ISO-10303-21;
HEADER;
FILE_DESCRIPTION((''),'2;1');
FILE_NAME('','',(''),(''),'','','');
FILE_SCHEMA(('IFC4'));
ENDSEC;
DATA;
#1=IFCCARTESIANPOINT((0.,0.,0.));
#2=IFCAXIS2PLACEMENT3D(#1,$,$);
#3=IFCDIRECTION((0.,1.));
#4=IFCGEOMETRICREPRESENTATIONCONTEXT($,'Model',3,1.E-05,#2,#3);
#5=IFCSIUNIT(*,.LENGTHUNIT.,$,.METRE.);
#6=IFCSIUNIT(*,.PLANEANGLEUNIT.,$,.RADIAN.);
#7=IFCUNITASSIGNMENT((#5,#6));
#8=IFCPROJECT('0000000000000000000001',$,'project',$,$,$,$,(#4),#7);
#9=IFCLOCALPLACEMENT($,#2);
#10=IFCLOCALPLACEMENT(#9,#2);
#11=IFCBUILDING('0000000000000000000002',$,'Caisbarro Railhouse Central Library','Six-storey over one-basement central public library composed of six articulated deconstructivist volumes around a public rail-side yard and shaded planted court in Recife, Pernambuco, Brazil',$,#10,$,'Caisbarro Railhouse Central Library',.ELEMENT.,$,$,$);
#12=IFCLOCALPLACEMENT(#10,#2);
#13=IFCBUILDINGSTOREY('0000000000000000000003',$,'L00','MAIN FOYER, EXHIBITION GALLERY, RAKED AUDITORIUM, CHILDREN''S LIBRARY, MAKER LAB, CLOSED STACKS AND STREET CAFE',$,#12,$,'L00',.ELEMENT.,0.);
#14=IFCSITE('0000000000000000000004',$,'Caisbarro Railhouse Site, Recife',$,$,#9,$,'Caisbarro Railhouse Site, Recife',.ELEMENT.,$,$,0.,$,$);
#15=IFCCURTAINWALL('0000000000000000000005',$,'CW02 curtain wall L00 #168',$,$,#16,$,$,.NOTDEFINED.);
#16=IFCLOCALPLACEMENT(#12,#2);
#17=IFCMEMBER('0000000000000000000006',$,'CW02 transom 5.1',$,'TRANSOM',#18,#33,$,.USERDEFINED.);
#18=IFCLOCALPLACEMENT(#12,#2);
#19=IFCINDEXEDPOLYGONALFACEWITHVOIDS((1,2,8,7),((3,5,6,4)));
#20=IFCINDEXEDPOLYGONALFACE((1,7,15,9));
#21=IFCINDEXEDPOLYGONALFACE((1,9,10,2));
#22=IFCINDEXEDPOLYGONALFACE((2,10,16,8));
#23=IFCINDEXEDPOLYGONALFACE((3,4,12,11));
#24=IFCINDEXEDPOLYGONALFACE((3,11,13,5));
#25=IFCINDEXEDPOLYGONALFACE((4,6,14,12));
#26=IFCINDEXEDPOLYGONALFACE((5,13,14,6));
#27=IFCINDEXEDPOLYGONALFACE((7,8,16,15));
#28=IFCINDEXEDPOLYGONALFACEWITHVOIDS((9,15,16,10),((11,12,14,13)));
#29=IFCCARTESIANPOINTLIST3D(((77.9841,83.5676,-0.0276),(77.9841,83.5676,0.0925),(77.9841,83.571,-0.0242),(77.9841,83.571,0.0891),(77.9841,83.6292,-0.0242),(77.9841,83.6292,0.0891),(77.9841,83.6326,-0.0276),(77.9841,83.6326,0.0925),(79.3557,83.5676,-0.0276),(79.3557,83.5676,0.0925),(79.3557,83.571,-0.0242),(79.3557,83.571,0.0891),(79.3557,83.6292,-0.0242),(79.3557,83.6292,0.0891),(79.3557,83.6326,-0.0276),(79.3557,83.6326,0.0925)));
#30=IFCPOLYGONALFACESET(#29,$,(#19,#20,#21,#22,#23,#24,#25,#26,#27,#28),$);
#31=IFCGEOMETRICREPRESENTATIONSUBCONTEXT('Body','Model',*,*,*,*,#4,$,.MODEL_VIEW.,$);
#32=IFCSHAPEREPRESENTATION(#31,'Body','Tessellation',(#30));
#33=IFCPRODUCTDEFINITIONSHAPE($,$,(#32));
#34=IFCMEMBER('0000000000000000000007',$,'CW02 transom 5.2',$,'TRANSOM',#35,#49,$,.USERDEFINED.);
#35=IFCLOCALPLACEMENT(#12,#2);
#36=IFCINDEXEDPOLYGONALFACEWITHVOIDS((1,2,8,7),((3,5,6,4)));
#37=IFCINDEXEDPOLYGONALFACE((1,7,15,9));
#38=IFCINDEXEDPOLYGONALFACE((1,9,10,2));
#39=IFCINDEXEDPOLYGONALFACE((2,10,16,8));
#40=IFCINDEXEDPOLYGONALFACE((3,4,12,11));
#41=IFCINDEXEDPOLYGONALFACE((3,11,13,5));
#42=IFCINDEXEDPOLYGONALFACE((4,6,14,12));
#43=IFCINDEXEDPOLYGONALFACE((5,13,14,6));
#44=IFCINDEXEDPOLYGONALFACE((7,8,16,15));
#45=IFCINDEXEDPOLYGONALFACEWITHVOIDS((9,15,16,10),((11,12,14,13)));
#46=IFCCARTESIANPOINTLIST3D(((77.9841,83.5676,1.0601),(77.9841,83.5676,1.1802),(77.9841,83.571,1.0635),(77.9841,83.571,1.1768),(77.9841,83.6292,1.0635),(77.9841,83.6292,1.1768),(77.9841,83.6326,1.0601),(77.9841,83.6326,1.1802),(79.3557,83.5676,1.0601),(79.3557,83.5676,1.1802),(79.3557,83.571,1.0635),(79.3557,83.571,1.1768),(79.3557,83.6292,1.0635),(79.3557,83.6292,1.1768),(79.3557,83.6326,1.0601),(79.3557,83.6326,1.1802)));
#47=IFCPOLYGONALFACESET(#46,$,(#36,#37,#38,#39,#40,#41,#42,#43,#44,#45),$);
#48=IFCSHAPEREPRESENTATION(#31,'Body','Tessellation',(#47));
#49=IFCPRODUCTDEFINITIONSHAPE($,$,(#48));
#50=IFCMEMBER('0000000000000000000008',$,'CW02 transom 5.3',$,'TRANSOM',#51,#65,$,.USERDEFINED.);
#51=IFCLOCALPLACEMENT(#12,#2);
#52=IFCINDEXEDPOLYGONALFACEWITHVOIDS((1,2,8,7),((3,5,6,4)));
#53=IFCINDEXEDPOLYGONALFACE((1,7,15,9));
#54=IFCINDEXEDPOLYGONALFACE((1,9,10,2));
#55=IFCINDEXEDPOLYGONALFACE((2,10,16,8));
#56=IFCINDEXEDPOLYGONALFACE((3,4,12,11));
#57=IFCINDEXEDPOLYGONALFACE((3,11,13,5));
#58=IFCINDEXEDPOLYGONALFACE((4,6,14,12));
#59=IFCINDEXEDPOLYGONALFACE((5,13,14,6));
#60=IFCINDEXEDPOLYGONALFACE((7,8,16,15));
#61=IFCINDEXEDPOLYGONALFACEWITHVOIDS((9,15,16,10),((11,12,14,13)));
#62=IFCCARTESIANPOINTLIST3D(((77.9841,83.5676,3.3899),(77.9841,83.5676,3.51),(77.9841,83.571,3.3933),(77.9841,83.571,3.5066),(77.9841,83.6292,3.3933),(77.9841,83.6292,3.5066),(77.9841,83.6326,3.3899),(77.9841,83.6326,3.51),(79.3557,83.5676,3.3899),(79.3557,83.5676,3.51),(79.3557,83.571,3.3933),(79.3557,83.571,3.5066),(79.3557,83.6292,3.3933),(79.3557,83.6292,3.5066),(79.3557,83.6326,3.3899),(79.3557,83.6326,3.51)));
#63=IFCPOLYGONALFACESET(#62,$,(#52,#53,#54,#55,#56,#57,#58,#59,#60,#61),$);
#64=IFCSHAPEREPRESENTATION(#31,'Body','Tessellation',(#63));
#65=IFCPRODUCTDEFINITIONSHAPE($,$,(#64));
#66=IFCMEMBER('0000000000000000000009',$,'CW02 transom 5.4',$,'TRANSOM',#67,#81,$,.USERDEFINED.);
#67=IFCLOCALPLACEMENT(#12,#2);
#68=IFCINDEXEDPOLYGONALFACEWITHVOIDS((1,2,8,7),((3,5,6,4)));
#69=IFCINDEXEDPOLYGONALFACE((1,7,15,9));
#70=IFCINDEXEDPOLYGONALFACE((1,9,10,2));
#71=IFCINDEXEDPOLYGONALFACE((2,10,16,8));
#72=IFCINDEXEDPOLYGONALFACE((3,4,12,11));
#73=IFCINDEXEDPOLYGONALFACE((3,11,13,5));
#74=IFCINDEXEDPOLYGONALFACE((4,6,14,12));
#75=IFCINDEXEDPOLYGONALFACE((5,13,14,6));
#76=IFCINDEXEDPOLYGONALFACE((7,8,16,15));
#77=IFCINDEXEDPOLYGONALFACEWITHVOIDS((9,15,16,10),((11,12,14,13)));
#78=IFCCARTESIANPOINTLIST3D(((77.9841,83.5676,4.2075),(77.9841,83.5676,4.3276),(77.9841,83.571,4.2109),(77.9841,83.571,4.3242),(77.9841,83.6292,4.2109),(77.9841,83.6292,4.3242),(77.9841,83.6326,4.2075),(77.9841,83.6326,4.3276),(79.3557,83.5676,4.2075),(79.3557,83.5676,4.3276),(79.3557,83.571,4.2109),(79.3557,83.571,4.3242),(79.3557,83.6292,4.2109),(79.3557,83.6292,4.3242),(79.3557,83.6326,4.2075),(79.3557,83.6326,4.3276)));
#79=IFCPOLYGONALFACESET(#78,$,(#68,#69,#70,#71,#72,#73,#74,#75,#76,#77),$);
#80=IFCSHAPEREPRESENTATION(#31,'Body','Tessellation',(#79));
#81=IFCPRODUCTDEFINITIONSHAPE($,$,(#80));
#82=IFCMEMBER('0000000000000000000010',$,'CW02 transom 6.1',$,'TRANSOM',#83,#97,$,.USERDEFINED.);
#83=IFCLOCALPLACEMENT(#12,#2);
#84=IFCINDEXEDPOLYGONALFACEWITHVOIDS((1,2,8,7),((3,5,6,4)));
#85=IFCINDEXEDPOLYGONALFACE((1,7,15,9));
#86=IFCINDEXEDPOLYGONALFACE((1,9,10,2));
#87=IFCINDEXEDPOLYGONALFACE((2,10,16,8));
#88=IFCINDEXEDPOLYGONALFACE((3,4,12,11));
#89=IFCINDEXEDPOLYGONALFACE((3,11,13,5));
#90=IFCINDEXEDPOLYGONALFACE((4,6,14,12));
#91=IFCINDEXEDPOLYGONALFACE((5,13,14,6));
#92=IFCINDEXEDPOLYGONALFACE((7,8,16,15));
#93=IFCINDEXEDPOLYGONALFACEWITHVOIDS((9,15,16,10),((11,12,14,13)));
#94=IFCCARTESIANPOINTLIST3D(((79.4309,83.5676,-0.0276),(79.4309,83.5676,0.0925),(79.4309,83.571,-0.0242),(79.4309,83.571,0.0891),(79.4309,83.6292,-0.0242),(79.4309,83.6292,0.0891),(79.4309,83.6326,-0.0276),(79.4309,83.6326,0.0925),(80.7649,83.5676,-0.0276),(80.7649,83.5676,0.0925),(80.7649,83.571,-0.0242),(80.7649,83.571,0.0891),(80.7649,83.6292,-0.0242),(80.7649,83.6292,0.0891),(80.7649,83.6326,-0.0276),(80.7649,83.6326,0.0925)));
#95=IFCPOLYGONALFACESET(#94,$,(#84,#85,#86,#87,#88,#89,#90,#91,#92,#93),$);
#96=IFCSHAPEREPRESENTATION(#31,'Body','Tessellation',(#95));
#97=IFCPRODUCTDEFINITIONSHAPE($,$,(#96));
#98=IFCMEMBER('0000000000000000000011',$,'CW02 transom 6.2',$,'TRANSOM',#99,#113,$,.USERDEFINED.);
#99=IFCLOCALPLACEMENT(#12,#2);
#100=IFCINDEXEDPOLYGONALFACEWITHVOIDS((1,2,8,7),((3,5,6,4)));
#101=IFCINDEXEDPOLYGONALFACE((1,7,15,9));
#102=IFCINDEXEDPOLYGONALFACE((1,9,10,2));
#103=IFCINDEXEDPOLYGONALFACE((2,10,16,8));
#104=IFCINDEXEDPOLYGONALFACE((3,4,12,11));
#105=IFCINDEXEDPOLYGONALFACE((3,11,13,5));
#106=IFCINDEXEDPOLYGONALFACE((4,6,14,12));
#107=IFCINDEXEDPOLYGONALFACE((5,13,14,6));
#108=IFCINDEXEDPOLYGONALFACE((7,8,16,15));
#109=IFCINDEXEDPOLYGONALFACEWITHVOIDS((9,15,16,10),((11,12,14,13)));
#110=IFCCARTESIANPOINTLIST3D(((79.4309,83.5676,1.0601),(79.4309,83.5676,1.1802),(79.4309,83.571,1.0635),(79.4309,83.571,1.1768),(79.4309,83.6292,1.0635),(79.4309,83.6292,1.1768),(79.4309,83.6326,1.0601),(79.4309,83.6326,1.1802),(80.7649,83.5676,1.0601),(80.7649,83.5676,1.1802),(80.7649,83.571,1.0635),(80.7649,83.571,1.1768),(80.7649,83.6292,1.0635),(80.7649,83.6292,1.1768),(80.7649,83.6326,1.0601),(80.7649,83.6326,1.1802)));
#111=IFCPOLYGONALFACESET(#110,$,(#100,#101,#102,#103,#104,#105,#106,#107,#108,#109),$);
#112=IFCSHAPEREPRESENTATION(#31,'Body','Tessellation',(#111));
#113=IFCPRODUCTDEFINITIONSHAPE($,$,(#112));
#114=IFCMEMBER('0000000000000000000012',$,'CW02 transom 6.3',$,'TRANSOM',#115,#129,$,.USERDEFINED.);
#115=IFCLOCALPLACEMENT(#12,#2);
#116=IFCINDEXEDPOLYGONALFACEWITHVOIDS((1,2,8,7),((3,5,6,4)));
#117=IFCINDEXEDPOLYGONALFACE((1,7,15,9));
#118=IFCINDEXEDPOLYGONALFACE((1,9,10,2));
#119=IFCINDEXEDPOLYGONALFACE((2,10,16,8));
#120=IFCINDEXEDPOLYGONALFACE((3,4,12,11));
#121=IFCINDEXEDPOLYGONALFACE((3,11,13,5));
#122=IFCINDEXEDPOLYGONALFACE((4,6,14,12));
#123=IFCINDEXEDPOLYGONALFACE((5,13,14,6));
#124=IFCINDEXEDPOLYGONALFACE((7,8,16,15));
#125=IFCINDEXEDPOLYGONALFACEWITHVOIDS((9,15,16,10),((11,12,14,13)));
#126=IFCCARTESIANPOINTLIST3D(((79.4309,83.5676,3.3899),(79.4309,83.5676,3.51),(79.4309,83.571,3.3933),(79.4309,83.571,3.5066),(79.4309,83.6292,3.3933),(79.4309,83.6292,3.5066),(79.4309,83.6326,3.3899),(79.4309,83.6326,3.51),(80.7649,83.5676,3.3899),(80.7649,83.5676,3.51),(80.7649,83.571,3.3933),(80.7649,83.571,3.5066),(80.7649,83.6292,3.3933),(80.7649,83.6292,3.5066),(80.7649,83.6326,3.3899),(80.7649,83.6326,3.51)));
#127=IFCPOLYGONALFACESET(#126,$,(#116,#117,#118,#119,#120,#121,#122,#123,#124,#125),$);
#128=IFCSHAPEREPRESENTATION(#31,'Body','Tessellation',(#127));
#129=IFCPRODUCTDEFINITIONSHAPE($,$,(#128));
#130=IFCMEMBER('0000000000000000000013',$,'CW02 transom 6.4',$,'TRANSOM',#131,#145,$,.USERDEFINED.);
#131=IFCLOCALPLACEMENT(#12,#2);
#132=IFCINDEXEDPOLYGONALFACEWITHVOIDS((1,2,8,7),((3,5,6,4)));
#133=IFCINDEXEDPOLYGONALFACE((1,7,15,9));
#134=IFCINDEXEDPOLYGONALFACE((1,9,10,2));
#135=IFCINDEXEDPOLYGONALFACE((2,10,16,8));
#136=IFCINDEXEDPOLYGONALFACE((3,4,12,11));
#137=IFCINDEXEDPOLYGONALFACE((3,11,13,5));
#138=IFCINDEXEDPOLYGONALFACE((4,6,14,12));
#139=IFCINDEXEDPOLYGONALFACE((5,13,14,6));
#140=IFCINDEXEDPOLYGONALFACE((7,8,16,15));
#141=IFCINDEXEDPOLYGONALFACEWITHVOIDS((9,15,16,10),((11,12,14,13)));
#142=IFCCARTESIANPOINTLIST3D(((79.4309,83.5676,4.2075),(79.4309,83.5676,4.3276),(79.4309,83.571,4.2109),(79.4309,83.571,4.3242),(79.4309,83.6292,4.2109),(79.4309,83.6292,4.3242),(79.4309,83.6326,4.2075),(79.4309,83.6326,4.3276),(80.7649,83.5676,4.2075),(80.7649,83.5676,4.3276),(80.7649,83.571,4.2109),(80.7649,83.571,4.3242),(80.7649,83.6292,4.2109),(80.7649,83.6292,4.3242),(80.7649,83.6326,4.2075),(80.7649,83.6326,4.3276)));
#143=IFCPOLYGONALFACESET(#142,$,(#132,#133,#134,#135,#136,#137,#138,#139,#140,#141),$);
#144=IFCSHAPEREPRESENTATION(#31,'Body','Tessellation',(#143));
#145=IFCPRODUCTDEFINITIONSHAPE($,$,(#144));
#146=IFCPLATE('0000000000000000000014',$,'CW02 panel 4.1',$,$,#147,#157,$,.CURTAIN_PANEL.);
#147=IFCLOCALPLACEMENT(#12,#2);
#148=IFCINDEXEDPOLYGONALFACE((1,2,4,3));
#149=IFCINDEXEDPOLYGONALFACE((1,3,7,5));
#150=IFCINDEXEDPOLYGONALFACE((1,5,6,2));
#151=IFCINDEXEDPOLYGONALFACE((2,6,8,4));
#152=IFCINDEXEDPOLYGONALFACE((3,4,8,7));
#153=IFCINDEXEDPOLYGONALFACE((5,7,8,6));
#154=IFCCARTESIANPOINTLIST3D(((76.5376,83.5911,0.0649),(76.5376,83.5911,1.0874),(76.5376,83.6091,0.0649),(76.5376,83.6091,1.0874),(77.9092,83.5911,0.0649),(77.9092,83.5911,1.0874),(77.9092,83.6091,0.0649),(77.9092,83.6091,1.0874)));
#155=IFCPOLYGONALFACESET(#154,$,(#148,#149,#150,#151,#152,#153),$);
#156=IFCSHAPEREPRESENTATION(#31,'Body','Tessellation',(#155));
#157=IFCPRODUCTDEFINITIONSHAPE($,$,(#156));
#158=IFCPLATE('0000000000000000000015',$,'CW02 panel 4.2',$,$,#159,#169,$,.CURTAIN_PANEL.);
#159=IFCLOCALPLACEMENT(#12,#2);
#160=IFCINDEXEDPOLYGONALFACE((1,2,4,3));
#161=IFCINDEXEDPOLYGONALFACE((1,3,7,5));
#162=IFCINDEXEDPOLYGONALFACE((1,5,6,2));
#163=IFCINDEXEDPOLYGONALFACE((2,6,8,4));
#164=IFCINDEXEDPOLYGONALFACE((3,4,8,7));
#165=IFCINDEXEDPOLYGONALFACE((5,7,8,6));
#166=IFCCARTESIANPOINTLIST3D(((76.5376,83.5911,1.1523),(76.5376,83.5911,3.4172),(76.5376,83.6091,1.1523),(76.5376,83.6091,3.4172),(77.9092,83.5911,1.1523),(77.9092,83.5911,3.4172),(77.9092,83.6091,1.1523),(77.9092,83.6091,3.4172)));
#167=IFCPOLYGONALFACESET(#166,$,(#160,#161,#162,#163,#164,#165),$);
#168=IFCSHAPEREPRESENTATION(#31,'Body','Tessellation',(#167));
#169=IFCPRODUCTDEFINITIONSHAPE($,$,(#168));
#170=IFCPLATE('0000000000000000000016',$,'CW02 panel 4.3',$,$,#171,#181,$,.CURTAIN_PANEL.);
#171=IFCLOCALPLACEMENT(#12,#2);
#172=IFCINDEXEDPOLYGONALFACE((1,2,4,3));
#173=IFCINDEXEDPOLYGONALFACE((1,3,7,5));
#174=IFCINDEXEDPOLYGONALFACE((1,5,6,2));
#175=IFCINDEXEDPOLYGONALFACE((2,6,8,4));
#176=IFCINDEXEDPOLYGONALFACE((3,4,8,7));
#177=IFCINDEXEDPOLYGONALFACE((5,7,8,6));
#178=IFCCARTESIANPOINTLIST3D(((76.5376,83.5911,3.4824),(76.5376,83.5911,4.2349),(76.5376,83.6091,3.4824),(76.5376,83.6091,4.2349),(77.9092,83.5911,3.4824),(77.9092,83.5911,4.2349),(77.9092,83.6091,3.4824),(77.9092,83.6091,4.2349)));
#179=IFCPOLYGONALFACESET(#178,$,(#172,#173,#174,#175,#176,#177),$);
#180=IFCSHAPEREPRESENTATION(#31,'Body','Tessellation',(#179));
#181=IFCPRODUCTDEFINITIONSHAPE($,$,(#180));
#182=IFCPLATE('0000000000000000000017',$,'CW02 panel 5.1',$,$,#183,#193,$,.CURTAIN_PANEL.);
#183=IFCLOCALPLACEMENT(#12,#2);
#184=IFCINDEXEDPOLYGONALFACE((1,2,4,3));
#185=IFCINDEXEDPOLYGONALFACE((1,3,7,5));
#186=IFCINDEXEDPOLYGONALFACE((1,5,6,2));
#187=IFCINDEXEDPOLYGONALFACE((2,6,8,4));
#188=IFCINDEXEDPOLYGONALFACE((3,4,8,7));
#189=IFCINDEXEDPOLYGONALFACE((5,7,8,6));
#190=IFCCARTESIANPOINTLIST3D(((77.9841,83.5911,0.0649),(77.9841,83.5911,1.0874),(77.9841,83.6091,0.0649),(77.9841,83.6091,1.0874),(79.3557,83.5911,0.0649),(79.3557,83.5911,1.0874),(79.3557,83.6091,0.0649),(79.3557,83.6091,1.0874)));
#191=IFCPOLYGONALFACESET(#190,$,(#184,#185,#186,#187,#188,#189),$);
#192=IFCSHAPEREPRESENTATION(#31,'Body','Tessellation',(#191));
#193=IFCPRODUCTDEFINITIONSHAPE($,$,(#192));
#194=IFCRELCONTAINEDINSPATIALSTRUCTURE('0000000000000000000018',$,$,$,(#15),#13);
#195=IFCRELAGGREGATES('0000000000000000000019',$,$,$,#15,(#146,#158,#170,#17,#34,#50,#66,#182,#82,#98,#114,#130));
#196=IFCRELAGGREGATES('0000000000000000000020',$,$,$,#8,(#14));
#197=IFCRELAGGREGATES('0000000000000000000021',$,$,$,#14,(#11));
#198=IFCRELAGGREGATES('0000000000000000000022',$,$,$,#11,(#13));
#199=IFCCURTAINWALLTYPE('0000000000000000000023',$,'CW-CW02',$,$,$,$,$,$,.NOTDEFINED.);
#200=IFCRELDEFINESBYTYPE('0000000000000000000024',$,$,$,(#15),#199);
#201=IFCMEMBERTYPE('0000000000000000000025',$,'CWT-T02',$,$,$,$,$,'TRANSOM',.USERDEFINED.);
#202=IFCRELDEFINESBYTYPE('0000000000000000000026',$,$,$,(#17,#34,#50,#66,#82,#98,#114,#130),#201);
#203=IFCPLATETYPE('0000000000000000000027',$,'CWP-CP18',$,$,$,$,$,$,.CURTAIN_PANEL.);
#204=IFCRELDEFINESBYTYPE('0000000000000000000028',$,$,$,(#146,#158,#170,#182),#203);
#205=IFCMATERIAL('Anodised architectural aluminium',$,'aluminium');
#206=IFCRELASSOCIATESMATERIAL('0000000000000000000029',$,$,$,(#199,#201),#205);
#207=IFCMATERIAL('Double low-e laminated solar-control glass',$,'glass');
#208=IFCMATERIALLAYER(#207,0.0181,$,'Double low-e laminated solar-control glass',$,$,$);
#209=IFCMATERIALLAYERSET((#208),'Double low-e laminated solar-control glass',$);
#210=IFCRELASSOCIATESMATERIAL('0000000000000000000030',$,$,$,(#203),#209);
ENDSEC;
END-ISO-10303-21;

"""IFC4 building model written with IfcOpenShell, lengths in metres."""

from ifc_helpers import new_model, si_unit, direction, frame, origin, origin_2d, place, context, subcontext, project, spatial, rectangle, hollow_rectangle, extrude, material, layer, layer_set, material_profile, profile_set, type_object, element, aggregate, save


model = new_model("IFC4")

# Units and contexts
model_context = context("Model", 3, precision=1e-05, world=origin(), true_north=direction((0.0, 1.0)))
body_context = subcontext(model_context, "Body", "Model", "MODEL_VIEW")
ifc_project = project(units=[si_unit("LENGTHUNIT", "METRE"), si_unit("PLANEANGLEUNIT", "RADIAN")], contexts=[model_context])

# Site, building, storey
site_placement = place(None, origin())
site = spatial("IfcSite", under=ifc_project, at=site_placement, Name="Caisbarro Railhouse Site, Recife", LongName="Caisbarro Railhouse Site, Recife", CompositionType="ELEMENT", RefElevation=0.0)
building_placement = place(site_placement, origin())
building = spatial("IfcBuilding", under=site, at=building_placement, Name="Caisbarro Railhouse Central Library", Description="Six-storey over one-basement central public library composed of six articulated deconstructivist volumes around a public rail-side yard and shaded planted court in Recife, Pernambuco, Brazil", LongName="Caisbarro Railhouse Central Library", CompositionType="ELEMENT")
storey_placement = place(building_placement, origin())
storey = spatial("IfcBuildingStorey", under=building, at=storey_placement, Name="L00", Description="MAIN FOYER, EXHIBITION GALLERY, RAKED AUDITORIUM, CHILDREN'S LIBRARY, MAKER LAB, CLOSED STACKS AND STREET CAFE", LongName="L00", CompositionType="ELEMENT", Elevation=0.0)

# Curtain wall, members, plates
ifc_material_1 = material(Name="Anodised architectural aluminium", Category="aluminium")
curtain_wall_type = type_object("IfcCurtainWallType", Name="CW-CW02", PredefinedType="NOTDEFINED", material=ifc_material_1)
curtain_wall_placement = place(storey_placement, origin())
curtain_wall = element("IfcCurtainWall", 1, at=curtain_wall_placement, inside=storey, type_object=curtain_wall_type, Name="CW02 curtain wall L00 #168", PredefinedType="NOTDEFINED")
ifc_material_profile_1 = material_profile(ifc_material_1, hollow_rectangle(XDim=0.0649, YDim=0.1201, WallThickness=0.0034, at=origin_2d()), Name="ALU-TRN-65X120")
ifc_profile_set_1 = profile_set([ifc_material_profile_1], Name="Anodised architectural aluminium")
member_type_1 = type_object("IfcMemberType", Name="CWT-T02", ElementType="TRANSOM", PredefinedType="USERDEFINED", material=ifc_profile_set_1)
member_1_placement = place(storey_placement, frame((77.9841, 83.6001, 0.0325), z_axis=(1.0, 0.0, 0.0), x_axis=(0.0, 1.0, 0.0)))
member_1 = element("IfcMember", 2, at=member_1_placement, type_object=member_type_1, Name="CW02 transom 5.1", ObjectType="TRANSOM", PredefinedType="USERDEFINED", context=body_context, shape_type="SweptSolid", body=[
    extrude(hollow_rectangle(XDim=0.0649, YDim=0.1201, WallThickness=0.0034, at=origin_2d()), origin(), (0.0, 0.0, 1.0), 1.3716),
])
member_2_placement = place(storey_placement, frame((77.9841, 83.6001, 1.1201), z_axis=(1.0, 0.0, 0.0), x_axis=(0.0, 1.0, 0.0)))
member_2 = element("IfcMember", 3, at=member_2_placement, type_object=member_type_1, Name="CW02 transom 5.2", ObjectType="TRANSOM", PredefinedType="USERDEFINED", context=body_context, shape_type="SweptSolid", body=[
    extrude(hollow_rectangle(XDim=0.0649, YDim=0.1201, WallThickness=0.0034, at=origin_2d()), origin(), (0.0, 0.0, 1.0), 1.3716),
])
member_3_placement = place(storey_placement, frame((77.9841, 83.6001, 3.45), z_axis=(1.0, 0.0, 0.0), x_axis=(0.0, 1.0, 0.0)))
member_3 = element("IfcMember", 4, at=member_3_placement, type_object=member_type_1, Name="CW02 transom 5.3", ObjectType="TRANSOM", PredefinedType="USERDEFINED", context=body_context, shape_type="SweptSolid", body=[
    extrude(hollow_rectangle(XDim=0.0649, YDim=0.1201, WallThickness=0.0034, at=origin_2d()), origin(), (0.0, 0.0, 1.0), 1.3716),
])
member_4_placement = place(storey_placement, frame((77.9841, 83.6001, 4.2676), z_axis=(1.0, 0.0, 0.0), x_axis=(0.0, 1.0, 0.0)))
member_4 = element("IfcMember", 5, at=member_4_placement, type_object=member_type_1, Name="CW02 transom 5.4", ObjectType="TRANSOM", PredefinedType="USERDEFINED", context=body_context, shape_type="SweptSolid", body=[
    extrude(hollow_rectangle(XDim=0.0649, YDim=0.1201, WallThickness=0.0034, at=origin_2d()), origin(), (0.0, 0.0, 1.0), 1.3716),
])
member_5_placement = place(storey_placement, frame((79.4309, 83.6001, 0.0325), z_axis=(1.0, 0.0, 0.0), x_axis=(0.0, 1.0, 0.0)))
member_5 = element("IfcMember", 6, at=member_5_placement, type_object=member_type_1, Name="CW02 transom 6.1", ObjectType="TRANSOM", PredefinedType="USERDEFINED", context=body_context, shape_type="SweptSolid", body=[
    extrude(hollow_rectangle(XDim=0.0649, YDim=0.1201, WallThickness=0.0034, at=origin_2d()), origin(), (0.0, 0.0, 1.0), 1.334),
])
member_6_placement = place(storey_placement, frame((79.4309, 83.6001, 1.1201), z_axis=(1.0, 0.0, 0.0), x_axis=(0.0, 1.0, 0.0)))
member_6 = element("IfcMember", 7, at=member_6_placement, type_object=member_type_1, Name="CW02 transom 6.2", ObjectType="TRANSOM", PredefinedType="USERDEFINED", context=body_context, shape_type="SweptSolid", body=[
    extrude(hollow_rectangle(XDim=0.0649, YDim=0.1201, WallThickness=0.0034, at=origin_2d()), origin(), (0.0, 0.0, 1.0), 1.334),
])
member_7_placement = place(storey_placement, frame((79.4309, 83.6001, 3.45), z_axis=(1.0, 0.0, 0.0), x_axis=(0.0, 1.0, 0.0)))
member_7 = element("IfcMember", 8, at=member_7_placement, type_object=member_type_1, Name="CW02 transom 6.3", ObjectType="TRANSOM", PredefinedType="USERDEFINED", context=body_context, shape_type="SweptSolid", body=[
    extrude(hollow_rectangle(XDim=0.0649, YDim=0.1201, WallThickness=0.0034, at=origin_2d()), origin(), (0.0, 0.0, 1.0), 1.334),
])
member_8_placement = place(storey_placement, frame((79.4309, 83.6001, 4.2676), z_axis=(1.0, 0.0, 0.0), x_axis=(0.0, 1.0, 0.0)))
member_8 = element("IfcMember", 9, at=member_8_placement, type_object=member_type_1, Name="CW02 transom 6.4", ObjectType="TRANSOM", PredefinedType="USERDEFINED", context=body_context, shape_type="SweptSolid", body=[
    extrude(hollow_rectangle(XDim=0.0649, YDim=0.1201, WallThickness=0.0034, at=origin_2d()), origin(), (0.0, 0.0, 1.0), 1.334),
])
ifc_material_2 = material(Name="Double low-e laminated solar-control glass", Category="glass")
ifc_layer_1 = layer(ifc_material_2, 0.0181, Name="Double low-e laminated solar-control glass")
ifc_layer_set_1 = layer_set([ifc_layer_1], Name="Double low-e laminated solar-control glass")
plate_type = type_object("IfcPlateType", Name="CWP-CP18", PredefinedType="CURTAIN_PANEL", material=ifc_layer_set_1)
plate_1_placement = place(storey_placement, frame((77.2234, 83.6001, 0.0649), z_axis=(0.0, 0.0, 1.0), x_axis=(1.0, 0.0, 0.0)))
plate_1 = element("IfcPlate", 10, at=plate_1_placement, type_object=plate_type, Name="CW02 panel 4.1", PredefinedType="CURTAIN_PANEL", context=body_context, shape_type="SweptSolid", body=[
    extrude(rectangle(XDim=1.3716, YDim=0.0181, at=origin_2d()), origin(), (0.0, 0.0, 1.0), 1.0225),
])
plate_2_placement = place(storey_placement, frame((77.2234, 83.6001, 1.1523), z_axis=(0.0, 0.0, 1.0), x_axis=(1.0, 0.0, 0.0)))
plate_2 = element("IfcPlate", 11, at=plate_2_placement, type_object=plate_type, Name="CW02 panel 4.2", PredefinedType="CURTAIN_PANEL", context=body_context, shape_type="SweptSolid", body=[
    extrude(rectangle(XDim=1.3716, YDim=0.0181, at=origin_2d()), origin(), (0.0, 0.0, 1.0), 2.2649),
])
plate_3_placement = place(storey_placement, frame((77.2234, 83.6001, 3.4824), z_axis=(0.0, 0.0, 1.0), x_axis=(1.0, 0.0, 0.0)))
plate_3 = element("IfcPlate", 12, at=plate_3_placement, type_object=plate_type, Name="CW02 panel 4.3", PredefinedType="CURTAIN_PANEL", context=body_context, shape_type="SweptSolid", body=[
    extrude(rectangle(XDim=1.3716, YDim=0.0181, at=origin_2d()), origin(), (0.0, 0.0, 1.0), 0.7524),
])
plate_4_placement = place(storey_placement, frame((78.6699, 83.6001, 0.0649), z_axis=(0.0, 0.0, 1.0), x_axis=(1.0, 0.0, 0.0)))
plate_4 = element("IfcPlate", 13, at=plate_4_placement, type_object=plate_type, Name="CW02 panel 5.1", PredefinedType="CURTAIN_PANEL", context=body_context, shape_type="SweptSolid", body=[
    extrude(rectangle(XDim=1.3716, YDim=0.0181, at=origin_2d()), origin(), (0.0, 0.0, 1.0), 1.0225),
])
aggregate(curtain_wall, [plate_1, plate_2, plate_3, member_1, member_2, member_3, member_4, plate_4, member_5, member_6, member_7, member_8])

save(model, "model.ifc")
